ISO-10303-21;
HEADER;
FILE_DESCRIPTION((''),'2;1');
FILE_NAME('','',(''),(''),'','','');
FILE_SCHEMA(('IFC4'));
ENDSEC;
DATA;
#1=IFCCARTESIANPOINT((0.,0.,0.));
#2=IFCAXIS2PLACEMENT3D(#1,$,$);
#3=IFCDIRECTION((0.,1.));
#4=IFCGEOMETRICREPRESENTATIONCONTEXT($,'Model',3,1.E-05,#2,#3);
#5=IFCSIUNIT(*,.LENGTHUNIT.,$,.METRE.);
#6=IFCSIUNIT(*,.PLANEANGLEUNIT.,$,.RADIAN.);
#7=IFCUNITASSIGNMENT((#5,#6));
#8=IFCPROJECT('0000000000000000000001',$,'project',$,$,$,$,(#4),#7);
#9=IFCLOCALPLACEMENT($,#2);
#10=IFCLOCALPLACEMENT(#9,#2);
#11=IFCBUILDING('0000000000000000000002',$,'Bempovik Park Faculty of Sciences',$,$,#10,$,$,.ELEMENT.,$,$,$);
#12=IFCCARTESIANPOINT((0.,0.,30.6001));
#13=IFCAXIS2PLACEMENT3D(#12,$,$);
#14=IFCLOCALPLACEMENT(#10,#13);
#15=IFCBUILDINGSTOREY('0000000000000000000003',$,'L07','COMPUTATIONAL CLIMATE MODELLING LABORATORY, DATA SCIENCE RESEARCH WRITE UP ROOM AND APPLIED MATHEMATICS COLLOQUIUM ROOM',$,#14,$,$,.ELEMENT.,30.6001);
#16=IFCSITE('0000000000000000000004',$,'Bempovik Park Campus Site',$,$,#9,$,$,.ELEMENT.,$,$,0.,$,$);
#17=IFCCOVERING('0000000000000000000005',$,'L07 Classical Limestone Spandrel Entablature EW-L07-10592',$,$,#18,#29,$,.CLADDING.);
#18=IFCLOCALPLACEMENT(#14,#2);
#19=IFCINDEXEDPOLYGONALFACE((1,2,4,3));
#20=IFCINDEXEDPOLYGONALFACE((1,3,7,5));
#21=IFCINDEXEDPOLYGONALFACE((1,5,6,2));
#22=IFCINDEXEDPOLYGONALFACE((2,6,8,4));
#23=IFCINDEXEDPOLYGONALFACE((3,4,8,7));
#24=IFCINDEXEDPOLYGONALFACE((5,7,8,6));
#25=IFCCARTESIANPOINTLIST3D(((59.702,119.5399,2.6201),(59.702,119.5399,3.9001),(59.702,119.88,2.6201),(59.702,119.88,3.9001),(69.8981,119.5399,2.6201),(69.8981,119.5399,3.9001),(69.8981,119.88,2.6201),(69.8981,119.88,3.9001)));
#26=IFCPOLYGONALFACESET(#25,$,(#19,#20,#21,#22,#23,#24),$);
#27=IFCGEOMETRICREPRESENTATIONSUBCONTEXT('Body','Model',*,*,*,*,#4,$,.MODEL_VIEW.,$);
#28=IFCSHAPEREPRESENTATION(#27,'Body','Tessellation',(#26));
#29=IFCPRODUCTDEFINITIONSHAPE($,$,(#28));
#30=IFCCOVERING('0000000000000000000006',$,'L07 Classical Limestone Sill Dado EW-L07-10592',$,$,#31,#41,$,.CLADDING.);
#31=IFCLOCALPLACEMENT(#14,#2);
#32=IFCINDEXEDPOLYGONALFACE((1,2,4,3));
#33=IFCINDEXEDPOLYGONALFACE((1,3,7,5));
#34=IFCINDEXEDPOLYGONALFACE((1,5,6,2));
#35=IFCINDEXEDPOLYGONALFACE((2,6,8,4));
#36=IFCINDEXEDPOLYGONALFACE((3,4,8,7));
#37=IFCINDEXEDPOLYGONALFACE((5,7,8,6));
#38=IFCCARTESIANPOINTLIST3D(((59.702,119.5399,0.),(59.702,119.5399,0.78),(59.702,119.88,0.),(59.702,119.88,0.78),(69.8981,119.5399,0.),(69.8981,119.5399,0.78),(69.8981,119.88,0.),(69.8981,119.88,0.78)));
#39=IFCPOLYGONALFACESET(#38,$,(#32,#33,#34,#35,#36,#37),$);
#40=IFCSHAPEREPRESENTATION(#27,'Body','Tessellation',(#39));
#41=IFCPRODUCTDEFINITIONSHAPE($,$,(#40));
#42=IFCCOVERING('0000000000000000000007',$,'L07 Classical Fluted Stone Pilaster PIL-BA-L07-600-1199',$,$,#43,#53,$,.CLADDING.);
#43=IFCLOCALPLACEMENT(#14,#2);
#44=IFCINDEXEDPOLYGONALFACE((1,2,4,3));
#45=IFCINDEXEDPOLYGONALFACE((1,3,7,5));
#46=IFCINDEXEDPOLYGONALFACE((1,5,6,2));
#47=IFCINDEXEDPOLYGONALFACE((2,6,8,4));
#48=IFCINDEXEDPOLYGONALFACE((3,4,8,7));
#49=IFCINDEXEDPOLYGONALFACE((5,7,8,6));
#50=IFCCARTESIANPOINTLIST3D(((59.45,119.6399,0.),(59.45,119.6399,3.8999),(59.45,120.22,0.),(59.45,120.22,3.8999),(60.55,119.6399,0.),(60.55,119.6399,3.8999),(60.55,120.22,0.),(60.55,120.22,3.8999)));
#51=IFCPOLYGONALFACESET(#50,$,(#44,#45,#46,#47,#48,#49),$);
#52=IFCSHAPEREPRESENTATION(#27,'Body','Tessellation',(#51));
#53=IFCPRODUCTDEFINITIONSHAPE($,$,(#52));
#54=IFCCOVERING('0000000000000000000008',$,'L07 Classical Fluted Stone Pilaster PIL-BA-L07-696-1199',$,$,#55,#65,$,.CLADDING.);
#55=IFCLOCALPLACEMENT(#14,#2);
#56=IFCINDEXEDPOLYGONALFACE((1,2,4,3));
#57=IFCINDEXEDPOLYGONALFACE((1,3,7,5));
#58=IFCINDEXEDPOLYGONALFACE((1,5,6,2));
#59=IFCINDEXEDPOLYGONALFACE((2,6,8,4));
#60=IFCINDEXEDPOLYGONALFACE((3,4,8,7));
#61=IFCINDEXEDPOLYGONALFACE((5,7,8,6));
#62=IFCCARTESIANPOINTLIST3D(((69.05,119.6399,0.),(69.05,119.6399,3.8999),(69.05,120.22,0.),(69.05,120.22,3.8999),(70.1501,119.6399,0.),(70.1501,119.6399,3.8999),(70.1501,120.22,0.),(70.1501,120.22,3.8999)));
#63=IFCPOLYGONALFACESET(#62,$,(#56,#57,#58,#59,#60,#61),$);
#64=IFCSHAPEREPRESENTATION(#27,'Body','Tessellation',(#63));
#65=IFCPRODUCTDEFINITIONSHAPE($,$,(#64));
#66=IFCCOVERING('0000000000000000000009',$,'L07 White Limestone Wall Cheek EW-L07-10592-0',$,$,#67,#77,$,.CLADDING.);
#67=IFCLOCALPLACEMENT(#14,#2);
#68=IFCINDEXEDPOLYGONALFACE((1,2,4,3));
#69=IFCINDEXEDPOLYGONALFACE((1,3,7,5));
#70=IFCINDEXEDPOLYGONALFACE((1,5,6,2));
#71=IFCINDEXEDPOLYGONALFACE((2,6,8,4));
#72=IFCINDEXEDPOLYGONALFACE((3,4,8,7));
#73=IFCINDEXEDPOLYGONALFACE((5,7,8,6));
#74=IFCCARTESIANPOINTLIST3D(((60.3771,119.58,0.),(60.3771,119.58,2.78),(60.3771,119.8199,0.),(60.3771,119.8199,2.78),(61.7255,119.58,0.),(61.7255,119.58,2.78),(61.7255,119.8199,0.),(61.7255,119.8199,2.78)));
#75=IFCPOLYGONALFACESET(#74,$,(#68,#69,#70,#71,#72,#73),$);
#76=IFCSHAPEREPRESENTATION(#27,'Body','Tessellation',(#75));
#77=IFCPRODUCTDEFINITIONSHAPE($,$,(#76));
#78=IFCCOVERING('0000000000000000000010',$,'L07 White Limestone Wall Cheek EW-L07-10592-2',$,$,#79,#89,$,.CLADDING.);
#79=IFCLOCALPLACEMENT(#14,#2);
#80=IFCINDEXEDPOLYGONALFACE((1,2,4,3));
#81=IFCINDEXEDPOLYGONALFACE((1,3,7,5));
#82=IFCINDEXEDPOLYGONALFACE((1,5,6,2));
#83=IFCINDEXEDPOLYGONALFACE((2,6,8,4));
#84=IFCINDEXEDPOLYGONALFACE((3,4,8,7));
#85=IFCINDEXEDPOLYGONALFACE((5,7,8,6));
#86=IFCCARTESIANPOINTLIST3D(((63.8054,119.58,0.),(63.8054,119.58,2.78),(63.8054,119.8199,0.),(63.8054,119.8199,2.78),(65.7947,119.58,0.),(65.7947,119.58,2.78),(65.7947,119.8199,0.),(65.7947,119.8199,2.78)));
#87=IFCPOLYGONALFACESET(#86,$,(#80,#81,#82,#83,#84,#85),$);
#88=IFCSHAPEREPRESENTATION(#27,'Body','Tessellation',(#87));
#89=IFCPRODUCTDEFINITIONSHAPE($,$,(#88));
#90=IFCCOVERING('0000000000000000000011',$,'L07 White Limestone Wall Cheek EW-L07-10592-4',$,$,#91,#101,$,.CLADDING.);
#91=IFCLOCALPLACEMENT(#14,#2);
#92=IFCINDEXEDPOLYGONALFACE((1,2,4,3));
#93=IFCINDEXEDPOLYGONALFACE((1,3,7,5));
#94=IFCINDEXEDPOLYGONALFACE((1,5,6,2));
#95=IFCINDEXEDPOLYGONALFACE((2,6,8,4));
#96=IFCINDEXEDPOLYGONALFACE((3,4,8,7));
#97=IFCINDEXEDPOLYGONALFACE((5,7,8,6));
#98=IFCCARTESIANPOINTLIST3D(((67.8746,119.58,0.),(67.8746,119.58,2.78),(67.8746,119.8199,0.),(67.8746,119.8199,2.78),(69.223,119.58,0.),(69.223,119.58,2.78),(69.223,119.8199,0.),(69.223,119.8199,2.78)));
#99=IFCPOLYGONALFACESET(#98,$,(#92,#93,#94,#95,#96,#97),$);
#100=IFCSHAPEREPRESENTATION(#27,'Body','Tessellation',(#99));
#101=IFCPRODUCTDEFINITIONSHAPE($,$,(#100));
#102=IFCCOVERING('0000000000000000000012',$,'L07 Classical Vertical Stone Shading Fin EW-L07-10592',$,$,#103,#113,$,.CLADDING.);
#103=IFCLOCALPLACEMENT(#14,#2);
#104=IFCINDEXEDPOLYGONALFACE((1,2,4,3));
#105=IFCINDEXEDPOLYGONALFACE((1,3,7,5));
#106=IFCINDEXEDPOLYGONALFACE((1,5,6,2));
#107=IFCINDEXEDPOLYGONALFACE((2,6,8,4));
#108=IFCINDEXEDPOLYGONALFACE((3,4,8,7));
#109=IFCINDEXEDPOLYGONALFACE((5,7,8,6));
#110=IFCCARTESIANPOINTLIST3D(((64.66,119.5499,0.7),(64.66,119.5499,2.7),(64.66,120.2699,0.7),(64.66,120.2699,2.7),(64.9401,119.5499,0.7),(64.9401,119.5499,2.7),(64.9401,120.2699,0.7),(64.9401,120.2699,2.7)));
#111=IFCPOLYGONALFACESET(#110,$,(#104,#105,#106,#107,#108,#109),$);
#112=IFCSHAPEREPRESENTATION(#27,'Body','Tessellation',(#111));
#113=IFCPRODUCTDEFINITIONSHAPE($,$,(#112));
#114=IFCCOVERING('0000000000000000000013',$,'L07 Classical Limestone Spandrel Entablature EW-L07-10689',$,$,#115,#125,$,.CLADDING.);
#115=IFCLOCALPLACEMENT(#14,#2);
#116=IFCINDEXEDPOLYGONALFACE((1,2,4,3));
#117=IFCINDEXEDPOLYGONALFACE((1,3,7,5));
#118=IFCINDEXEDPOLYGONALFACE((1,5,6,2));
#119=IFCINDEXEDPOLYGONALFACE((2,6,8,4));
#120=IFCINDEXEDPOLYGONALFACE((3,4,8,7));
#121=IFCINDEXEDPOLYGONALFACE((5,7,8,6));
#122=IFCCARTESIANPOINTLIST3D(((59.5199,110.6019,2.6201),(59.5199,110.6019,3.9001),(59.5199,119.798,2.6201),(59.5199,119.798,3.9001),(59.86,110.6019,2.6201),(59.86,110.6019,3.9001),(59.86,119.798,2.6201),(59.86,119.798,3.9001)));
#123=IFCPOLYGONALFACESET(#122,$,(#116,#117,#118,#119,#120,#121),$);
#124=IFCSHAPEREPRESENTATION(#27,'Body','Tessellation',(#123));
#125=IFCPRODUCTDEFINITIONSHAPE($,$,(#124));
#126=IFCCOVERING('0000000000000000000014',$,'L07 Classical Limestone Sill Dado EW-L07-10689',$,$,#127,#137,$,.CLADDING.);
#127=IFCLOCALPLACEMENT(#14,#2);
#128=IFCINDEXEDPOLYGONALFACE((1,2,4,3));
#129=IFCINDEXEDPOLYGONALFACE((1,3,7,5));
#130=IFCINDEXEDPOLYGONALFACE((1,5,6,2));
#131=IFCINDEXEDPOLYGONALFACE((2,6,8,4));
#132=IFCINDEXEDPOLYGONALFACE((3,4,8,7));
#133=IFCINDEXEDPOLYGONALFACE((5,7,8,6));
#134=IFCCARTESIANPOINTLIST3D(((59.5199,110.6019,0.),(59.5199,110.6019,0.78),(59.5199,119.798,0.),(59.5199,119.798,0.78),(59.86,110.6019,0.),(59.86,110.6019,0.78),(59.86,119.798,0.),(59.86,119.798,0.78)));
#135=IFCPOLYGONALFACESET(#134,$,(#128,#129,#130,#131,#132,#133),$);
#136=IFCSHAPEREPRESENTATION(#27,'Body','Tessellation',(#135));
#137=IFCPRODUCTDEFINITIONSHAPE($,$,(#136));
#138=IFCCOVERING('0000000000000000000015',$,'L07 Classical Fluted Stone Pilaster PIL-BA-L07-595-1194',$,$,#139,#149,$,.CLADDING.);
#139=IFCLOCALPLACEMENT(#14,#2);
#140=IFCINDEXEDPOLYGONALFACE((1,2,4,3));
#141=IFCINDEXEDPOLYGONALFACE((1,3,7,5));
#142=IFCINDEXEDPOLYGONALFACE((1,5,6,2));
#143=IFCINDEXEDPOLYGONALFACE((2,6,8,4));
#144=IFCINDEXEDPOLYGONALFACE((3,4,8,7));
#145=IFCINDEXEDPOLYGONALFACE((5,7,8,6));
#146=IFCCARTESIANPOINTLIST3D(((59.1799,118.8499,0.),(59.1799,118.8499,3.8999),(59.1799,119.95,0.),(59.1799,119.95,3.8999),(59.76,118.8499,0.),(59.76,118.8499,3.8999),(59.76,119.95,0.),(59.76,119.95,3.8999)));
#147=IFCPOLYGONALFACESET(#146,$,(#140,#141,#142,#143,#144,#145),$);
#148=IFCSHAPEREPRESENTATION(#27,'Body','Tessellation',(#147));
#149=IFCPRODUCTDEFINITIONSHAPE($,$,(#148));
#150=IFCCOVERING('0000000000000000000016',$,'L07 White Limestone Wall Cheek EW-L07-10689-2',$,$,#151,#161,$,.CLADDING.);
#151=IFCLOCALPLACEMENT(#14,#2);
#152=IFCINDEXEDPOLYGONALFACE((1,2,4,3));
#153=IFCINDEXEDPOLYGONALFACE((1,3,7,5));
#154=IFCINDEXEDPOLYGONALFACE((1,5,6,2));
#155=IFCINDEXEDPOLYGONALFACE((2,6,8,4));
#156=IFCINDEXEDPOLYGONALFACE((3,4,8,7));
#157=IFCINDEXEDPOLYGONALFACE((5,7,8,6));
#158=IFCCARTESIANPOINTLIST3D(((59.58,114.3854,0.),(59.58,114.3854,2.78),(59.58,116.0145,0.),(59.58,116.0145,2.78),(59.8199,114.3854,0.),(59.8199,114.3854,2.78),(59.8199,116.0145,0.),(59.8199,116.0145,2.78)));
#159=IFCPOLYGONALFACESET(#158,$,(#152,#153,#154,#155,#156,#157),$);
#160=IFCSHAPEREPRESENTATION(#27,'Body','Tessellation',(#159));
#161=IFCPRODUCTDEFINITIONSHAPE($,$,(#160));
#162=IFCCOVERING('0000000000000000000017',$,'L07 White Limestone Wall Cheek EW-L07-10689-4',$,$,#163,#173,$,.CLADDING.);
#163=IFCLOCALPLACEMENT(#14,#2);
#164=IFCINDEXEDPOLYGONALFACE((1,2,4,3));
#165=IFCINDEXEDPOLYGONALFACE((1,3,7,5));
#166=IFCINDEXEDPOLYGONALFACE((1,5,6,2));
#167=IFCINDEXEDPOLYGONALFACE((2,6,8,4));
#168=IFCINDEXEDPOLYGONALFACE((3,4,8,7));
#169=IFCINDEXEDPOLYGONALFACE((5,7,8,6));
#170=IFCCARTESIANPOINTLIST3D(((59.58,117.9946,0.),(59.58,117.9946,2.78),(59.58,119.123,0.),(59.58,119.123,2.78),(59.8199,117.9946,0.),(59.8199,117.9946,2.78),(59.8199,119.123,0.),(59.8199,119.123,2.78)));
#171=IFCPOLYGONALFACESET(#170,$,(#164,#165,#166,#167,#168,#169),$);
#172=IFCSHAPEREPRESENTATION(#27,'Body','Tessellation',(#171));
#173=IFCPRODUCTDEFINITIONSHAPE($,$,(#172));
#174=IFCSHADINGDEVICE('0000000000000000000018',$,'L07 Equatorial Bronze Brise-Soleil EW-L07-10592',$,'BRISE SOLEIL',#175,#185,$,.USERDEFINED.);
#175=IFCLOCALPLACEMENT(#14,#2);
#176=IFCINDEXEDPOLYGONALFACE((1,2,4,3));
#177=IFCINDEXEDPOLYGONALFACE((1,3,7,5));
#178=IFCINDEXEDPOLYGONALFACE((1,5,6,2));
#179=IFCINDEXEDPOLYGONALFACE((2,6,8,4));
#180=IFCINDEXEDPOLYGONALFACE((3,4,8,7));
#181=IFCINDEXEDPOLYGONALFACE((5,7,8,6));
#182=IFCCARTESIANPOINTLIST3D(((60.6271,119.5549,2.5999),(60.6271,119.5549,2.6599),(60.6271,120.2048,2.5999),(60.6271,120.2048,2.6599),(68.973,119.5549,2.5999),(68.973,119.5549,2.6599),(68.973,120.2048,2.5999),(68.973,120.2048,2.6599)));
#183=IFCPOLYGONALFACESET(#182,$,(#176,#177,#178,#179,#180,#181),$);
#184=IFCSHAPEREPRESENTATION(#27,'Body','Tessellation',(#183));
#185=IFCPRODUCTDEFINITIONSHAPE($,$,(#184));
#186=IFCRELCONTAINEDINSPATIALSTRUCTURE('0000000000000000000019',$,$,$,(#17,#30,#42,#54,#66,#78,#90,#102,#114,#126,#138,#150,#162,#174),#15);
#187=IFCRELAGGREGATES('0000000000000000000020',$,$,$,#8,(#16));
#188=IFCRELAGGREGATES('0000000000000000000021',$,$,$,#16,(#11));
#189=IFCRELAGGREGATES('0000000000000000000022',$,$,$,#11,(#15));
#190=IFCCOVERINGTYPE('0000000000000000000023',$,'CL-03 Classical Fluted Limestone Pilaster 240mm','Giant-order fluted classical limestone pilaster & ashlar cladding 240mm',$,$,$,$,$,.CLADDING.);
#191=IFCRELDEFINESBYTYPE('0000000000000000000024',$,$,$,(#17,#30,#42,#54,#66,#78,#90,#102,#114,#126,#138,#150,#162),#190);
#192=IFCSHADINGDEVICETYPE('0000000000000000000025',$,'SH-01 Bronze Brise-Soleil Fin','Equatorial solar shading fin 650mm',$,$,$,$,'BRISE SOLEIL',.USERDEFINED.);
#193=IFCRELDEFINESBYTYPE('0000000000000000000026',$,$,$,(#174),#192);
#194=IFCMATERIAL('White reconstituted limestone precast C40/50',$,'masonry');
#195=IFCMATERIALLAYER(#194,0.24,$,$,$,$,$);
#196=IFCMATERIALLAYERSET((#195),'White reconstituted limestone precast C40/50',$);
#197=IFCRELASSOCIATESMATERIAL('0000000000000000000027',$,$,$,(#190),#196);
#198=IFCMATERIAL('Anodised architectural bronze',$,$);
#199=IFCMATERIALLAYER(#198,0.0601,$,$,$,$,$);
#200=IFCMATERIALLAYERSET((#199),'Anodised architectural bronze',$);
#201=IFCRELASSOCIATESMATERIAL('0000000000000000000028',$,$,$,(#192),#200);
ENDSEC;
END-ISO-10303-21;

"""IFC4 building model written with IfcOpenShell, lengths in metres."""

from ifc_helpers import new_model, si_unit, direction, frame, origin, origin_2d, place, context, subcontext, project, spatial, rectangle, extrude, material, layer, layer_set, type_object, element, save


model = new_model("IFC4")

# Units and contexts
model_context = context("Model", 3, precision=1e-05, world=origin(), true_north=direction((0.0, 1.0)))
body_context = subcontext(model_context, "Body", "Model", "MODEL_VIEW")
ifc_project = project(units=[si_unit("LENGTHUNIT", "METRE"), si_unit("PLANEANGLEUNIT", "RADIAN")], contexts=[model_context])

# Site, building, storey
site_placement = place(None, origin())
site = spatial("IfcSite", under=ifc_project, at=site_placement, Name="Bempovik Park Campus Site", CompositionType="ELEMENT", RefElevation=0.0)
building_placement = place(site_placement, origin())
building = spatial("IfcBuilding", under=site, at=building_placement, Name="Bempovik Park Faculty of Sciences", CompositionType="ELEMENT")
storey_placement = place(building_placement, frame((0.0, 0.0, 30.6001)))
storey = spatial("IfcBuildingStorey", under=building, at=storey_placement, Name="L07", Description="COMPUTATIONAL CLIMATE MODELLING LABORATORY, DATA SCIENCE RESEARCH WRITE UP ROOM AND APPLIED MATHEMATICS COLLOQUIUM ROOM", CompositionType="ELEMENT", Elevation=30.6001)

# Coverings
ifc_material_1 = material(Name="White reconstituted limestone precast C40/50", Category="masonry")
ifc_layer_1 = layer(ifc_material_1, 0.24)
ifc_layer_set_1 = layer_set([ifc_layer_1], Name="White reconstituted limestone precast C40/50")
covering_type_1 = type_object("IfcCoveringType", Name="CL-03 Classical Fluted Limestone Pilaster 240mm", Description="Giant-order fluted classical limestone pilaster & ashlar cladding 240mm", PredefinedType="CLADDING", material=ifc_layer_set_1)
covering_1_placement = place(storey_placement, frame((64.8, 119.71, 2.6201), z_axis=(0.0, 0.0, 1.0), x_axis=(1.0, 0.0, 0.0)))
element("IfcCovering", 1, at=covering_1_placement, inside=storey, type_object=covering_type_1, Name="L07 Classical Limestone Spandrel Entablature EW-L07-10592", PredefinedType="CLADDING", context=body_context, shape_type="SweptSolid", body=[
    extrude(rectangle(XDim=10.196, YDim=0.3401, at=origin_2d()), origin(), (0.0, 0.0, 1.0), 1.28),
])
covering_2_placement = place(storey_placement, frame((64.8, 119.71, 0.0), z_axis=(0.0, 0.0, 1.0), x_axis=(1.0, 0.0, 0.0)))
element("IfcCovering", 2, at=covering_2_placement, inside=storey, type_object=covering_type_1, Name="L07 Classical Limestone Sill Dado EW-L07-10592", PredefinedType="CLADDING", context=body_context, shape_type="SweptSolid", body=[
    extrude(rectangle(XDim=10.196, YDim=0.3401, at=origin_2d()), origin(), (0.0, 0.0, 1.0), 0.78),
])
for number, where, z_axis, x_axis, name in (
    (3, (60.0, 119.9299, 0.0), (0.0, 0.0, 1.0), (1.0, 0.0, 0.0), "L07 Classical Fluted Stone Pilaster PIL-BA-L07-600-1199"),
    (4, (69.6001, 119.9299, 0.0), (0.0, 0.0, 1.0), (1.0, 0.0, 0.0), "L07 Classical Fluted Stone Pilaster PIL-BA-L07-696-1199"),
):
    element("IfcCovering", number, at=place(storey_placement, frame(where, z_axis=z_axis, x_axis=x_axis)), inside=storey, type_object=covering_type_1, Name=name, PredefinedType="CLADDING", context=body_context, shape_type="SweptSolid", body=[
        extrude(rectangle(XDim=1.1001, YDim=0.5801, at=origin_2d()), origin(), (0.0, 0.0, 1.0), 3.8999),
    ])
covering_3_placement = place(storey_placement, frame((61.0513, 119.7, 0.0), z_axis=(0.0, 0.0, 1.0), x_axis=(1.0, 0.0, 0.0)))
element("IfcCovering", 5, at=covering_3_placement, inside=storey, type_object=covering_type_1, Name="L07 White Limestone Wall Cheek EW-L07-10592-0", PredefinedType="CLADDING", context=body_context, shape_type="SweptSolid", body=[
    extrude(rectangle(XDim=1.3484, YDim=0.24, at=origin_2d()), origin(), (0.0, 0.0, 1.0), 2.78),
])
covering_4_placement = place(storey_placement, frame((64.8, 119.7, 0.0), z_axis=(0.0, 0.0, 1.0), x_axis=(1.0, 0.0, 0.0)))
element("IfcCovering", 6, at=covering_4_placement, inside=storey, type_object=covering_type_1, Name="L07 White Limestone Wall Cheek EW-L07-10592-2", PredefinedType="CLADDING", context=body_context, shape_type="SweptSolid", body=[
    extrude(rectangle(XDim=1.9893, YDim=0.24, at=origin_2d()), origin(), (0.0, 0.0, 1.0), 2.78),
])
covering_5_placement = place(storey_placement, frame((68.5488, 119.7, 0.0), z_axis=(0.0, 0.0, 1.0), x_axis=(1.0, 0.0, 0.0)))
element("IfcCovering", 7, at=covering_5_placement, inside=storey, type_object=covering_type_1, Name="L07 White Limestone Wall Cheek EW-L07-10592-4", PredefinedType="CLADDING", context=body_context, shape_type="SweptSolid", body=[
    extrude(rectangle(XDim=1.3484, YDim=0.24, at=origin_2d()), origin(), (0.0, 0.0, 1.0), 2.78),
])
covering_6_placement = place(storey_placement, frame((64.8, 119.9099, 0.7), z_axis=(0.0, 0.0, 1.0), x_axis=(1.0, 0.0, 0.0)))
element("IfcCovering", 8, at=covering_6_placement, inside=storey, type_object=covering_type_1, Name="L07 Classical Vertical Stone Shading Fin EW-L07-10592", PredefinedType="CLADDING", context=body_context, shape_type="SweptSolid", body=[
    extrude(rectangle(XDim=0.28, YDim=0.72, at=origin_2d()), origin(), (0.0, 0.0, 1.0), 2.0),
])
covering_7_placement = place(storey_placement, frame((59.6899, 115.2, 2.6201), z_axis=(0.0, 0.0, 1.0), x_axis=(1.0, 0.0, 0.0)))
element("IfcCovering", 9, at=covering_7_placement, inside=storey, type_object=covering_type_1, Name="L07 Classical Limestone Spandrel Entablature EW-L07-10689", PredefinedType="CLADDING", context=body_context, shape_type="SweptSolid", body=[
    extrude(rectangle(XDim=0.3401, YDim=9.196, at=origin_2d()), origin(), (0.0, 0.0, 1.0), 1.28),
])
covering_8_placement = place(storey_placement, frame((59.6899, 115.2, 0.0), z_axis=(0.0, 0.0, 1.0), x_axis=(1.0, 0.0, 0.0)))
element("IfcCovering", 10, at=covering_8_placement, inside=storey, type_object=covering_type_1, Name="L07 Classical Limestone Sill Dado EW-L07-10689", PredefinedType="CLADDING", context=body_context, shape_type="SweptSolid", body=[
    extrude(rectangle(XDim=0.3401, YDim=9.196, at=origin_2d()), origin(), (0.0, 0.0, 1.0), 0.78),
])
covering_9_placement = place(storey_placement, frame((59.47, 119.3999, 0.0), z_axis=(0.0, 0.0, 1.0), x_axis=(1.0, 0.0, 0.0)))
element("IfcCovering", 11, at=covering_9_placement, inside=storey, type_object=covering_type_1, Name="L07 Classical Fluted Stone Pilaster PIL-BA-L07-595-1194", PredefinedType="CLADDING", context=body_context, shape_type="SweptSolid", body=[
    extrude(rectangle(XDim=0.5801, YDim=1.1001, at=origin_2d()), origin(), (0.0, 0.0, 1.0), 3.8999),
])
covering_10_placement = place(storey_placement, frame((59.7, 115.2, 0.0), z_axis=(0.0, 0.0, 1.0), x_axis=(1.0, 0.0, 0.0)))
element("IfcCovering", 12, at=covering_10_placement, inside=storey, type_object=covering_type_1, Name="L07 White Limestone Wall Cheek EW-L07-10689-2", PredefinedType="CLADDING", context=body_context, shape_type="SweptSolid", body=[
    extrude(rectangle(XDim=0.24, YDim=1.6292, at=origin_2d()), origin(), (0.0, 0.0, 1.0), 2.78),
])
covering_11_placement = place(storey_placement, frame((59.7, 118.5588, 0.0), z_axis=(0.0, 0.0, 1.0), x_axis=(1.0, 0.0, 0.0)))
element("IfcCovering", 13, at=covering_11_placement, inside=storey, type_object=covering_type_1, Name="L07 White Limestone Wall Cheek EW-L07-10689-4", PredefinedType="CLADDING", context=body_context, shape_type="SweptSolid", body=[
    extrude(rectangle(XDim=0.24, YDim=1.1284, at=origin_2d()), origin(), (0.0, 0.0, 1.0), 2.78),
])

# Shading device
ifc_material_2 = material(Name="Anodised architectural bronze")
ifc_layer_2 = layer(ifc_material_2, 0.0601)
ifc_layer_set_2 = layer_set([ifc_layer_2], Name="Anodised architectural bronze")
shading_device_type = type_object("IfcShadingDeviceType", Name="SH-01 Bronze Brise-Soleil Fin", Description="Equatorial solar shading fin 650mm", ElementType="BRISE SOLEIL", PredefinedType="USERDEFINED", material=ifc_layer_set_2)
shading_device_placement = place(storey_placement, frame((64.8, 119.8799, 2.5999), z_axis=(0.0, 0.0, 1.0), x_axis=(1.0, 0.0, 0.0)))
element("IfcShadingDevice", 14, at=shading_device_placement, inside=storey, type_object=shading_device_type, Name="L07 Equatorial Bronze Brise-Soleil EW-L07-10592", ObjectType="BRISE SOLEIL", PredefinedType="USERDEFINED", context=body_context, shape_type="SweptSolid", body=[
    extrude(rectangle(XDim=8.3459, YDim=0.6499, at=origin_2d()), origin(), (0.0, 0.0, 1.0), 0.0601),
])

save(model, "model.ifc")
